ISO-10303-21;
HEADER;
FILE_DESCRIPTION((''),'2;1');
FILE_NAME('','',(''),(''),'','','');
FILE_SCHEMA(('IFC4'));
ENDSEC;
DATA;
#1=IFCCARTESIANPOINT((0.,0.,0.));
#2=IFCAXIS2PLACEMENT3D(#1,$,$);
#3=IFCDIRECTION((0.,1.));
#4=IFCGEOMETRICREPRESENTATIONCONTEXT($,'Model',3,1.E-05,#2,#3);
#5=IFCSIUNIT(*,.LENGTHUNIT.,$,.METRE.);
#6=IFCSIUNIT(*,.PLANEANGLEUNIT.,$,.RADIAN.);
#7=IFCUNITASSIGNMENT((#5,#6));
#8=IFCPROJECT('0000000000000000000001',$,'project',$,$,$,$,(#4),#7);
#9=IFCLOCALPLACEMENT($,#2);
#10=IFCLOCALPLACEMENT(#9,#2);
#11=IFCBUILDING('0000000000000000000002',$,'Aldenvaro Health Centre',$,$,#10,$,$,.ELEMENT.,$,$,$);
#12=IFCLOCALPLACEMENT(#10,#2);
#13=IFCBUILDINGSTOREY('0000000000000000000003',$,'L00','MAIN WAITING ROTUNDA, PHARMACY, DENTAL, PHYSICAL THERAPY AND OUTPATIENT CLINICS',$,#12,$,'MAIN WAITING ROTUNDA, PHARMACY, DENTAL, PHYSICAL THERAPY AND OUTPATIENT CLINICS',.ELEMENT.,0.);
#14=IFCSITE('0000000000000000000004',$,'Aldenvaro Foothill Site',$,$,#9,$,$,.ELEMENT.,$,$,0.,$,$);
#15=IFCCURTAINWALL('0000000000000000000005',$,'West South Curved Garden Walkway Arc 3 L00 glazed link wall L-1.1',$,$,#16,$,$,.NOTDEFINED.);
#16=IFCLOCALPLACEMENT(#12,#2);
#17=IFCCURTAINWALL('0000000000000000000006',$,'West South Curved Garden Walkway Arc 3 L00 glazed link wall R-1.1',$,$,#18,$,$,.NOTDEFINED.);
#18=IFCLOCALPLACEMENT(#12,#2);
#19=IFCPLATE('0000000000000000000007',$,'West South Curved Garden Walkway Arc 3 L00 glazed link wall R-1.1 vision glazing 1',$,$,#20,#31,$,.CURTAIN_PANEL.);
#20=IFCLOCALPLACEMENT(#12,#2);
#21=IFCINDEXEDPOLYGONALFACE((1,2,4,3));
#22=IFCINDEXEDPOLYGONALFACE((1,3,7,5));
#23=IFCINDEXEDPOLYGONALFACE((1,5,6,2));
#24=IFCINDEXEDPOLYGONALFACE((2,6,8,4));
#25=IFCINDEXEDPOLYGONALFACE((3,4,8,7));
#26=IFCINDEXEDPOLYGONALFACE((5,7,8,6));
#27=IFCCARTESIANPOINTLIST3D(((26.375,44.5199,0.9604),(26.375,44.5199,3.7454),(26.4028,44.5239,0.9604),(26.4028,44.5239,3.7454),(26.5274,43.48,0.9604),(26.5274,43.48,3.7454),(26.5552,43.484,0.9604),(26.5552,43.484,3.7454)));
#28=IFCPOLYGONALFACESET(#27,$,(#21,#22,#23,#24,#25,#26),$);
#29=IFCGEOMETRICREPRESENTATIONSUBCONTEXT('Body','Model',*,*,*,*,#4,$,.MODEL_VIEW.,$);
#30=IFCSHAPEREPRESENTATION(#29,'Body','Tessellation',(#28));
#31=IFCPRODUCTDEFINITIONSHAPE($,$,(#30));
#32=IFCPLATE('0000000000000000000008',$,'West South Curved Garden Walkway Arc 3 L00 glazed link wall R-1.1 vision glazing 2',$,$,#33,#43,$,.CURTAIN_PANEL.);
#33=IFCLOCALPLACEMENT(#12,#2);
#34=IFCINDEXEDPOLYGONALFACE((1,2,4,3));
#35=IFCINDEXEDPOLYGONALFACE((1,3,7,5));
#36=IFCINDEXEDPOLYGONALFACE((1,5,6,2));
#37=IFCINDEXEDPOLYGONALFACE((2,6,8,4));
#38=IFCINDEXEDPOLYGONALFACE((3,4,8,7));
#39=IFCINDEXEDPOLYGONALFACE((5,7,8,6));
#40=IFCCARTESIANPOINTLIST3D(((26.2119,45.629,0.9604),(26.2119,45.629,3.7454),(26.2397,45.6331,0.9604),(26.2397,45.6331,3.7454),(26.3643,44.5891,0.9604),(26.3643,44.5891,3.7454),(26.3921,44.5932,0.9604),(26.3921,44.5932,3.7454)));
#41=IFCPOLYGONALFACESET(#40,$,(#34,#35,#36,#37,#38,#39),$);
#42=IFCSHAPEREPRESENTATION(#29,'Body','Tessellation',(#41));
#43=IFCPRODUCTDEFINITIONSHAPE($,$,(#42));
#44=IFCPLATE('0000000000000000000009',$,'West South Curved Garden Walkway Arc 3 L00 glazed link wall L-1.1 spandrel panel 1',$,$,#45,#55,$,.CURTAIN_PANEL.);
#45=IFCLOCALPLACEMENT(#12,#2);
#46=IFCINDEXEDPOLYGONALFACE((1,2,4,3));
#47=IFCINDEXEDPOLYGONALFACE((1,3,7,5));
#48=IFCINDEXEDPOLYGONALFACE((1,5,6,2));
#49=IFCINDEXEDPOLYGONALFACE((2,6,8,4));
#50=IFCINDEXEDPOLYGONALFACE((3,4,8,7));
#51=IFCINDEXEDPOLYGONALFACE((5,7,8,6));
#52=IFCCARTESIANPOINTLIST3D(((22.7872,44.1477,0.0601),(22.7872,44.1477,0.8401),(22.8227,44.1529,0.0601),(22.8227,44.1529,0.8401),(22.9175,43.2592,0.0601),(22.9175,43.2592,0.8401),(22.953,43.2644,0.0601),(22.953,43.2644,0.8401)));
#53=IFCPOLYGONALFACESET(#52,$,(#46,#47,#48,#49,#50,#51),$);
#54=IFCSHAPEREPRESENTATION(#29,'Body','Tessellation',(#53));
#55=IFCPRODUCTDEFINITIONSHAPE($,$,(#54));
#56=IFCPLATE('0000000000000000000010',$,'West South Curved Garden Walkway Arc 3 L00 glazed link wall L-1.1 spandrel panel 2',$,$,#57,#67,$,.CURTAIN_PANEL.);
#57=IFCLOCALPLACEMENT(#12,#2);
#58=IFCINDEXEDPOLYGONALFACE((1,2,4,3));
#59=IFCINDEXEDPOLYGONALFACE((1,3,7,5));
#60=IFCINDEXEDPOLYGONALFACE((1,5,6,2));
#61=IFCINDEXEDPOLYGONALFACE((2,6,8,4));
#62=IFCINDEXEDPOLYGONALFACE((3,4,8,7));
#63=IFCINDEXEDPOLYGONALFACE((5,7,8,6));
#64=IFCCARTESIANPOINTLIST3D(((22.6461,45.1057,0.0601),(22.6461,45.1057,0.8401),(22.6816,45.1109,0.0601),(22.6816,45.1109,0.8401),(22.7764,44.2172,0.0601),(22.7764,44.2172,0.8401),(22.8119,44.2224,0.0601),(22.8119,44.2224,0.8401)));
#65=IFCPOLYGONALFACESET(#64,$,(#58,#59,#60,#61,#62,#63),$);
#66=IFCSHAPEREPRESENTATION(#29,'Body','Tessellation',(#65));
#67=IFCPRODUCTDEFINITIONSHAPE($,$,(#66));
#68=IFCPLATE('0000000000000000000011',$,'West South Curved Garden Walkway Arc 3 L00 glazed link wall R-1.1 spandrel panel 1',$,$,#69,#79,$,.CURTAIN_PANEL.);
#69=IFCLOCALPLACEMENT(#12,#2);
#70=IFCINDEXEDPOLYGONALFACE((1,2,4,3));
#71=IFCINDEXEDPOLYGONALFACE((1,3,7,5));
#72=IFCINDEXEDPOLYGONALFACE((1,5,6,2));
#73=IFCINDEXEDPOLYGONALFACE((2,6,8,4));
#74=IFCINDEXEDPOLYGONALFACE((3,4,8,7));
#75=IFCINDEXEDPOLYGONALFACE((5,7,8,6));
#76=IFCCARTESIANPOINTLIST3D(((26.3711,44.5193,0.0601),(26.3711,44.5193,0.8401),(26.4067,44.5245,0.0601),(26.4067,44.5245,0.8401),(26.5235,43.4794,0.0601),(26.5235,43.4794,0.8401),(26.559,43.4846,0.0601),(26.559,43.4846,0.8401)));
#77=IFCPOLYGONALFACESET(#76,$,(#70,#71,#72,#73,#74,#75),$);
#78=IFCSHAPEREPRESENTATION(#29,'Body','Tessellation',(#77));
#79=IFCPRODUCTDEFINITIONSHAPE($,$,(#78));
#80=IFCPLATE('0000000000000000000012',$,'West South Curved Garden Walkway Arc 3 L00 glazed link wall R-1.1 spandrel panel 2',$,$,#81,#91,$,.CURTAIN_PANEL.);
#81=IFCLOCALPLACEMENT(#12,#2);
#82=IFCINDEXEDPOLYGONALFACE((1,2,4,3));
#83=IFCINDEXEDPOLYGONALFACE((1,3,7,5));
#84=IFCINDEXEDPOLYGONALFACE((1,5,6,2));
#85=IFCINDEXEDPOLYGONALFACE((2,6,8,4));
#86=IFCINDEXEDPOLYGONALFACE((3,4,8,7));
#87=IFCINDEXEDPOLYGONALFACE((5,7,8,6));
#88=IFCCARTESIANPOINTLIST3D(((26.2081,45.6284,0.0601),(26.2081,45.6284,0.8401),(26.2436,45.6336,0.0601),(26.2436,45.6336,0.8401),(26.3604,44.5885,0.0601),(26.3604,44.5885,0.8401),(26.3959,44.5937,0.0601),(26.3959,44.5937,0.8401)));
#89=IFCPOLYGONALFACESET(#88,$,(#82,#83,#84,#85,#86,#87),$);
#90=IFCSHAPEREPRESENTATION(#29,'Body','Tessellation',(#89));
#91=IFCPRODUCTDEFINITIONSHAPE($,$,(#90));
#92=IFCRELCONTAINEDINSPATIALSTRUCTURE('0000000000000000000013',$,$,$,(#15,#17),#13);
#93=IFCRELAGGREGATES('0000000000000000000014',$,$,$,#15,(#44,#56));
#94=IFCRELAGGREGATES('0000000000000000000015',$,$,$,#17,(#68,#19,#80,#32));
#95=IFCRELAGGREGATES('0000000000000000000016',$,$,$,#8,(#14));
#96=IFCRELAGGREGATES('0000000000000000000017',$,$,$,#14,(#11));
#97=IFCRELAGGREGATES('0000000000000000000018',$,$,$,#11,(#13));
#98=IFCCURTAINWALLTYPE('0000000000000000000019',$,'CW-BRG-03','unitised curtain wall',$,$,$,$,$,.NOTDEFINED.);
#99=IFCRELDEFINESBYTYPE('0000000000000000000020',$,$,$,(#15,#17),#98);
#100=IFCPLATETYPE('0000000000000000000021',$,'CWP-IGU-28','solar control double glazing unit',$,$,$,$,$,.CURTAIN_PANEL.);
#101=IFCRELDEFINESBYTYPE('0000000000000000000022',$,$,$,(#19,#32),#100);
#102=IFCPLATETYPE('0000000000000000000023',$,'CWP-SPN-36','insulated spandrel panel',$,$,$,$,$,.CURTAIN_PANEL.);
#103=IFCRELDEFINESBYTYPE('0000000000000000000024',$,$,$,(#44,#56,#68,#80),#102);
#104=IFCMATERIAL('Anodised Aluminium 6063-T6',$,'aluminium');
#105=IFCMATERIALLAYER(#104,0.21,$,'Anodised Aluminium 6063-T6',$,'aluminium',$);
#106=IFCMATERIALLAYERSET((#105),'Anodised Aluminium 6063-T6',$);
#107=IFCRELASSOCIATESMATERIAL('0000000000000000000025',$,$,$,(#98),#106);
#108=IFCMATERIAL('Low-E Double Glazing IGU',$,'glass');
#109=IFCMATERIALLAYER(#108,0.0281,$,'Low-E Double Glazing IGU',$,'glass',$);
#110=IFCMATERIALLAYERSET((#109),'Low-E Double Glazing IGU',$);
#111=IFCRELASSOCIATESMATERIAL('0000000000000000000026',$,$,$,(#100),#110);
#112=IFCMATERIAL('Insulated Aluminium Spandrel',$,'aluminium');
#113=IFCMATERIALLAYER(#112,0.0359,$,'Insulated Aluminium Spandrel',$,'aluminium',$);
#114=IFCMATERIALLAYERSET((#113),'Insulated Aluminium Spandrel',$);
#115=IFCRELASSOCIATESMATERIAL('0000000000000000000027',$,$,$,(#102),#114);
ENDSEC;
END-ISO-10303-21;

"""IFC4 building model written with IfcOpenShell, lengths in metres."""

from ifc_helpers import new_model, si_unit, direction, frame, origin, origin_2d, place, context, subcontext, project, spatial, rectangle, extrude, material, layer, layer_set, type_object, element, aggregate, save


model = new_model("IFC4")

# Units and contexts
model_context = context("Model", 3, precision=1e-05, world=origin(), true_north=direction((0.0, 1.0)))
body_context = subcontext(model_context, "Body", "Model", "MODEL_VIEW")
ifc_project = project(units=[si_unit("LENGTHUNIT", "METRE"), si_unit("PLANEANGLEUNIT", "RADIAN")], contexts=[model_context])

# Site, building, storey
site_placement = place(None, origin())
site = spatial("IfcSite", under=ifc_project, at=site_placement, Name="Aldenvaro Foothill Site", CompositionType="ELEMENT", RefElevation=0.0)
building_placement = place(site_placement, origin())
building = spatial("IfcBuilding", under=site, at=building_placement, Name="Aldenvaro Health Centre", CompositionType="ELEMENT")
storey_placement = place(building_placement, origin())
storey = spatial("IfcBuildingStorey", under=building, at=storey_placement, Name="L00", Description="MAIN WAITING ROTUNDA, PHARMACY, DENTAL, PHYSICAL THERAPY AND OUTPATIENT CLINICS", LongName="MAIN WAITING ROTUNDA, PHARMACY, DENTAL, PHYSICAL THERAPY AND OUTPATIENT CLINICS", CompositionType="ELEMENT", Elevation=0.0)

# Shared definitions
ifc_material_1 = material(Name="Anodised Aluminium 6063-T6", Category="aluminium")
ifc_layer_1 = layer(ifc_material_1, 0.21, Name="Anodised Aluminium 6063-T6", Category="aluminium")
ifc_layer_set_1 = layer_set([ifc_layer_1], Name="Anodised Aluminium 6063-T6")
curtain_wall_type = type_object("IfcCurtainWallType", Name="CW-BRG-03", Description="unitised curtain wall", PredefinedType="NOTDEFINED", material=ifc_layer_set_1)

# Curtain walls
curtain_wall_1_placement = place(storey_placement, origin())
curtain_wall_1 = element("IfcCurtainWall", 1, at=curtain_wall_1_placement, inside=storey, type_object=curtain_wall_type, Name="West South Curved Garden Walkway Arc 3 L00 glazed link wall L-1.1", PredefinedType="NOTDEFINED")
curtain_wall_2_placement = place(storey_placement, origin())
curtain_wall_2 = element("IfcCurtainWall", 2, at=curtain_wall_2_placement, inside=storey, type_object=curtain_wall_type, Name="West South Curved Garden Walkway Arc 3 L00 glazed link wall R-1.1", PredefinedType="NOTDEFINED")

# Plates
ifc_material_2 = material(Name="Low-E Double Glazing IGU", Category="glass")
ifc_layer_2 = layer(ifc_material_2, 0.0281, Name="Low-E Double Glazing IGU", Category="glass")
ifc_layer_set_2 = layer_set([ifc_layer_2], Name="Low-E Double Glazing IGU")
plate_type_1 = type_object("IfcPlateType", Name="CWP-IGU-28", Description="solar control double glazing unit", PredefinedType="CURTAIN_PANEL", material=ifc_layer_set_2)
plate_1_placement = place(storey_placement, frame((26.4651, 44.002, 0.9604), z_axis=(0.0, 0.0, 1.0), x_axis=(-0.14498, 0.989435, 0.0)))
plate_1 = element("IfcPlate", 3, at=plate_1_placement, type_object=plate_type_1, Name="West South Curved Garden Walkway Arc 3 L00 glazed link wall R-1.1 vision glazing 1", PredefinedType="CURTAIN_PANEL", context=body_context, shape_type="SweptSolid", body=[
    extrude(rectangle(XDim=1.051, YDim=0.0281, at=origin_2d()), origin(), (0.0, 0.0, 1.0), 2.7849),
])
plate_2_placement = place(storey_placement, frame((26.302, 45.1111, 0.9604), z_axis=(0.0, 0.0, 1.0), x_axis=(-0.14498, 0.989435, 0.0)))
plate_2 = element("IfcPlate", 4, at=plate_2_placement, type_object=plate_type_1, Name="West South Curved Garden Walkway Arc 3 L00 glazed link wall R-1.1 vision glazing 2", PredefinedType="CURTAIN_PANEL", context=body_context, shape_type="SweptSolid", body=[
    extrude(rectangle(XDim=1.051, YDim=0.0281, at=origin_2d()), origin(), (0.0, 0.0, 1.0), 2.7849),
])
ifc_material_3 = material(Name="Insulated Aluminium Spandrel", Category="aluminium")
ifc_layer_3 = layer(ifc_material_3, 0.0359, Name="Insulated Aluminium Spandrel", Category="aluminium")
ifc_layer_set_3 = layer_set([ifc_layer_3], Name="Insulated Aluminium Spandrel")
plate_type_2 = type_object("IfcPlateType", Name="CWP-SPN-36", Description="insulated spandrel panel", PredefinedType="CURTAIN_PANEL", material=ifc_layer_set_3)
plate_3_placement = place(storey_placement, frame((22.8701, 43.7061, 0.0601), z_axis=(0.0, 0.0, 1.0), x_axis=(-0.145107, 0.989416, 0.0)))
plate_3 = element("IfcPlate", 5, at=plate_3_placement, type_object=plate_type_2, Name="West South Curved Garden Walkway Arc 3 L00 glazed link wall L-1.1 spandrel panel 1", PredefinedType="CURTAIN_PANEL", context=body_context, shape_type="SweptSolid", body=[
    extrude(rectangle(XDim=0.8979, YDim=0.0359, at=origin_2d()), origin(), (0.0, 0.0, 1.0), 0.78),
])
plate_4_placement = place(storey_placement, frame((22.729, 44.6641, 0.0601), z_axis=(0.0, 0.0, 1.0), x_axis=(-0.145107, 0.989416, 0.0)))
plate_4 = element("IfcPlate", 6, at=plate_4_placement, type_object=plate_type_2, Name="West South Curved Garden Walkway Arc 3 L00 glazed link wall L-1.1 spandrel panel 2", PredefinedType="CURTAIN_PANEL", context=body_context, shape_type="SweptSolid", body=[
    extrude(rectangle(XDim=0.8979, YDim=0.0359, at=origin_2d()), origin(), (0.0, 0.0, 1.0), 0.78),
])
aggregate(curtain_wall_1, [plate_3, plate_4])
plate_5_placement = place(storey_placement, frame((26.4651, 44.002, 0.0601), z_axis=(0.0, 0.0, 1.0), x_axis=(-0.14498, 0.989435, 0.0)))
plate_5 = element("IfcPlate", 7, at=plate_5_placement, type_object=plate_type_2, Name="West South Curved Garden Walkway Arc 3 L00 glazed link wall R-1.1 spandrel panel 1", PredefinedType="CURTAIN_PANEL", context=body_context, shape_type="SweptSolid", body=[
    extrude(rectangle(XDim=1.051, YDim=0.0359, at=origin_2d()), origin(), (0.0, 0.0, 1.0), 0.78),
])
plate_6_placement = place(storey_placement, frame((26.302, 45.1111, 0.0601), z_axis=(0.0, 0.0, 1.0), x_axis=(-0.14498, 0.989435, 0.0)))
plate_6 = element("IfcPlate", 8, at=plate_6_placement, type_object=plate_type_2, Name="West South Curved Garden Walkway Arc 3 L00 glazed link wall R-1.1 spandrel panel 2", PredefinedType="CURTAIN_PANEL", context=body_context, shape_type="SweptSolid", body=[
    extrude(rectangle(XDim=1.051, YDim=0.0359, at=origin_2d()), origin(), (0.0, 0.0, 1.0), 0.78),
])
aggregate(curtain_wall_2, [plate_5, plate_1, plate_6, plate_2])

save(model, "model.ifc")
